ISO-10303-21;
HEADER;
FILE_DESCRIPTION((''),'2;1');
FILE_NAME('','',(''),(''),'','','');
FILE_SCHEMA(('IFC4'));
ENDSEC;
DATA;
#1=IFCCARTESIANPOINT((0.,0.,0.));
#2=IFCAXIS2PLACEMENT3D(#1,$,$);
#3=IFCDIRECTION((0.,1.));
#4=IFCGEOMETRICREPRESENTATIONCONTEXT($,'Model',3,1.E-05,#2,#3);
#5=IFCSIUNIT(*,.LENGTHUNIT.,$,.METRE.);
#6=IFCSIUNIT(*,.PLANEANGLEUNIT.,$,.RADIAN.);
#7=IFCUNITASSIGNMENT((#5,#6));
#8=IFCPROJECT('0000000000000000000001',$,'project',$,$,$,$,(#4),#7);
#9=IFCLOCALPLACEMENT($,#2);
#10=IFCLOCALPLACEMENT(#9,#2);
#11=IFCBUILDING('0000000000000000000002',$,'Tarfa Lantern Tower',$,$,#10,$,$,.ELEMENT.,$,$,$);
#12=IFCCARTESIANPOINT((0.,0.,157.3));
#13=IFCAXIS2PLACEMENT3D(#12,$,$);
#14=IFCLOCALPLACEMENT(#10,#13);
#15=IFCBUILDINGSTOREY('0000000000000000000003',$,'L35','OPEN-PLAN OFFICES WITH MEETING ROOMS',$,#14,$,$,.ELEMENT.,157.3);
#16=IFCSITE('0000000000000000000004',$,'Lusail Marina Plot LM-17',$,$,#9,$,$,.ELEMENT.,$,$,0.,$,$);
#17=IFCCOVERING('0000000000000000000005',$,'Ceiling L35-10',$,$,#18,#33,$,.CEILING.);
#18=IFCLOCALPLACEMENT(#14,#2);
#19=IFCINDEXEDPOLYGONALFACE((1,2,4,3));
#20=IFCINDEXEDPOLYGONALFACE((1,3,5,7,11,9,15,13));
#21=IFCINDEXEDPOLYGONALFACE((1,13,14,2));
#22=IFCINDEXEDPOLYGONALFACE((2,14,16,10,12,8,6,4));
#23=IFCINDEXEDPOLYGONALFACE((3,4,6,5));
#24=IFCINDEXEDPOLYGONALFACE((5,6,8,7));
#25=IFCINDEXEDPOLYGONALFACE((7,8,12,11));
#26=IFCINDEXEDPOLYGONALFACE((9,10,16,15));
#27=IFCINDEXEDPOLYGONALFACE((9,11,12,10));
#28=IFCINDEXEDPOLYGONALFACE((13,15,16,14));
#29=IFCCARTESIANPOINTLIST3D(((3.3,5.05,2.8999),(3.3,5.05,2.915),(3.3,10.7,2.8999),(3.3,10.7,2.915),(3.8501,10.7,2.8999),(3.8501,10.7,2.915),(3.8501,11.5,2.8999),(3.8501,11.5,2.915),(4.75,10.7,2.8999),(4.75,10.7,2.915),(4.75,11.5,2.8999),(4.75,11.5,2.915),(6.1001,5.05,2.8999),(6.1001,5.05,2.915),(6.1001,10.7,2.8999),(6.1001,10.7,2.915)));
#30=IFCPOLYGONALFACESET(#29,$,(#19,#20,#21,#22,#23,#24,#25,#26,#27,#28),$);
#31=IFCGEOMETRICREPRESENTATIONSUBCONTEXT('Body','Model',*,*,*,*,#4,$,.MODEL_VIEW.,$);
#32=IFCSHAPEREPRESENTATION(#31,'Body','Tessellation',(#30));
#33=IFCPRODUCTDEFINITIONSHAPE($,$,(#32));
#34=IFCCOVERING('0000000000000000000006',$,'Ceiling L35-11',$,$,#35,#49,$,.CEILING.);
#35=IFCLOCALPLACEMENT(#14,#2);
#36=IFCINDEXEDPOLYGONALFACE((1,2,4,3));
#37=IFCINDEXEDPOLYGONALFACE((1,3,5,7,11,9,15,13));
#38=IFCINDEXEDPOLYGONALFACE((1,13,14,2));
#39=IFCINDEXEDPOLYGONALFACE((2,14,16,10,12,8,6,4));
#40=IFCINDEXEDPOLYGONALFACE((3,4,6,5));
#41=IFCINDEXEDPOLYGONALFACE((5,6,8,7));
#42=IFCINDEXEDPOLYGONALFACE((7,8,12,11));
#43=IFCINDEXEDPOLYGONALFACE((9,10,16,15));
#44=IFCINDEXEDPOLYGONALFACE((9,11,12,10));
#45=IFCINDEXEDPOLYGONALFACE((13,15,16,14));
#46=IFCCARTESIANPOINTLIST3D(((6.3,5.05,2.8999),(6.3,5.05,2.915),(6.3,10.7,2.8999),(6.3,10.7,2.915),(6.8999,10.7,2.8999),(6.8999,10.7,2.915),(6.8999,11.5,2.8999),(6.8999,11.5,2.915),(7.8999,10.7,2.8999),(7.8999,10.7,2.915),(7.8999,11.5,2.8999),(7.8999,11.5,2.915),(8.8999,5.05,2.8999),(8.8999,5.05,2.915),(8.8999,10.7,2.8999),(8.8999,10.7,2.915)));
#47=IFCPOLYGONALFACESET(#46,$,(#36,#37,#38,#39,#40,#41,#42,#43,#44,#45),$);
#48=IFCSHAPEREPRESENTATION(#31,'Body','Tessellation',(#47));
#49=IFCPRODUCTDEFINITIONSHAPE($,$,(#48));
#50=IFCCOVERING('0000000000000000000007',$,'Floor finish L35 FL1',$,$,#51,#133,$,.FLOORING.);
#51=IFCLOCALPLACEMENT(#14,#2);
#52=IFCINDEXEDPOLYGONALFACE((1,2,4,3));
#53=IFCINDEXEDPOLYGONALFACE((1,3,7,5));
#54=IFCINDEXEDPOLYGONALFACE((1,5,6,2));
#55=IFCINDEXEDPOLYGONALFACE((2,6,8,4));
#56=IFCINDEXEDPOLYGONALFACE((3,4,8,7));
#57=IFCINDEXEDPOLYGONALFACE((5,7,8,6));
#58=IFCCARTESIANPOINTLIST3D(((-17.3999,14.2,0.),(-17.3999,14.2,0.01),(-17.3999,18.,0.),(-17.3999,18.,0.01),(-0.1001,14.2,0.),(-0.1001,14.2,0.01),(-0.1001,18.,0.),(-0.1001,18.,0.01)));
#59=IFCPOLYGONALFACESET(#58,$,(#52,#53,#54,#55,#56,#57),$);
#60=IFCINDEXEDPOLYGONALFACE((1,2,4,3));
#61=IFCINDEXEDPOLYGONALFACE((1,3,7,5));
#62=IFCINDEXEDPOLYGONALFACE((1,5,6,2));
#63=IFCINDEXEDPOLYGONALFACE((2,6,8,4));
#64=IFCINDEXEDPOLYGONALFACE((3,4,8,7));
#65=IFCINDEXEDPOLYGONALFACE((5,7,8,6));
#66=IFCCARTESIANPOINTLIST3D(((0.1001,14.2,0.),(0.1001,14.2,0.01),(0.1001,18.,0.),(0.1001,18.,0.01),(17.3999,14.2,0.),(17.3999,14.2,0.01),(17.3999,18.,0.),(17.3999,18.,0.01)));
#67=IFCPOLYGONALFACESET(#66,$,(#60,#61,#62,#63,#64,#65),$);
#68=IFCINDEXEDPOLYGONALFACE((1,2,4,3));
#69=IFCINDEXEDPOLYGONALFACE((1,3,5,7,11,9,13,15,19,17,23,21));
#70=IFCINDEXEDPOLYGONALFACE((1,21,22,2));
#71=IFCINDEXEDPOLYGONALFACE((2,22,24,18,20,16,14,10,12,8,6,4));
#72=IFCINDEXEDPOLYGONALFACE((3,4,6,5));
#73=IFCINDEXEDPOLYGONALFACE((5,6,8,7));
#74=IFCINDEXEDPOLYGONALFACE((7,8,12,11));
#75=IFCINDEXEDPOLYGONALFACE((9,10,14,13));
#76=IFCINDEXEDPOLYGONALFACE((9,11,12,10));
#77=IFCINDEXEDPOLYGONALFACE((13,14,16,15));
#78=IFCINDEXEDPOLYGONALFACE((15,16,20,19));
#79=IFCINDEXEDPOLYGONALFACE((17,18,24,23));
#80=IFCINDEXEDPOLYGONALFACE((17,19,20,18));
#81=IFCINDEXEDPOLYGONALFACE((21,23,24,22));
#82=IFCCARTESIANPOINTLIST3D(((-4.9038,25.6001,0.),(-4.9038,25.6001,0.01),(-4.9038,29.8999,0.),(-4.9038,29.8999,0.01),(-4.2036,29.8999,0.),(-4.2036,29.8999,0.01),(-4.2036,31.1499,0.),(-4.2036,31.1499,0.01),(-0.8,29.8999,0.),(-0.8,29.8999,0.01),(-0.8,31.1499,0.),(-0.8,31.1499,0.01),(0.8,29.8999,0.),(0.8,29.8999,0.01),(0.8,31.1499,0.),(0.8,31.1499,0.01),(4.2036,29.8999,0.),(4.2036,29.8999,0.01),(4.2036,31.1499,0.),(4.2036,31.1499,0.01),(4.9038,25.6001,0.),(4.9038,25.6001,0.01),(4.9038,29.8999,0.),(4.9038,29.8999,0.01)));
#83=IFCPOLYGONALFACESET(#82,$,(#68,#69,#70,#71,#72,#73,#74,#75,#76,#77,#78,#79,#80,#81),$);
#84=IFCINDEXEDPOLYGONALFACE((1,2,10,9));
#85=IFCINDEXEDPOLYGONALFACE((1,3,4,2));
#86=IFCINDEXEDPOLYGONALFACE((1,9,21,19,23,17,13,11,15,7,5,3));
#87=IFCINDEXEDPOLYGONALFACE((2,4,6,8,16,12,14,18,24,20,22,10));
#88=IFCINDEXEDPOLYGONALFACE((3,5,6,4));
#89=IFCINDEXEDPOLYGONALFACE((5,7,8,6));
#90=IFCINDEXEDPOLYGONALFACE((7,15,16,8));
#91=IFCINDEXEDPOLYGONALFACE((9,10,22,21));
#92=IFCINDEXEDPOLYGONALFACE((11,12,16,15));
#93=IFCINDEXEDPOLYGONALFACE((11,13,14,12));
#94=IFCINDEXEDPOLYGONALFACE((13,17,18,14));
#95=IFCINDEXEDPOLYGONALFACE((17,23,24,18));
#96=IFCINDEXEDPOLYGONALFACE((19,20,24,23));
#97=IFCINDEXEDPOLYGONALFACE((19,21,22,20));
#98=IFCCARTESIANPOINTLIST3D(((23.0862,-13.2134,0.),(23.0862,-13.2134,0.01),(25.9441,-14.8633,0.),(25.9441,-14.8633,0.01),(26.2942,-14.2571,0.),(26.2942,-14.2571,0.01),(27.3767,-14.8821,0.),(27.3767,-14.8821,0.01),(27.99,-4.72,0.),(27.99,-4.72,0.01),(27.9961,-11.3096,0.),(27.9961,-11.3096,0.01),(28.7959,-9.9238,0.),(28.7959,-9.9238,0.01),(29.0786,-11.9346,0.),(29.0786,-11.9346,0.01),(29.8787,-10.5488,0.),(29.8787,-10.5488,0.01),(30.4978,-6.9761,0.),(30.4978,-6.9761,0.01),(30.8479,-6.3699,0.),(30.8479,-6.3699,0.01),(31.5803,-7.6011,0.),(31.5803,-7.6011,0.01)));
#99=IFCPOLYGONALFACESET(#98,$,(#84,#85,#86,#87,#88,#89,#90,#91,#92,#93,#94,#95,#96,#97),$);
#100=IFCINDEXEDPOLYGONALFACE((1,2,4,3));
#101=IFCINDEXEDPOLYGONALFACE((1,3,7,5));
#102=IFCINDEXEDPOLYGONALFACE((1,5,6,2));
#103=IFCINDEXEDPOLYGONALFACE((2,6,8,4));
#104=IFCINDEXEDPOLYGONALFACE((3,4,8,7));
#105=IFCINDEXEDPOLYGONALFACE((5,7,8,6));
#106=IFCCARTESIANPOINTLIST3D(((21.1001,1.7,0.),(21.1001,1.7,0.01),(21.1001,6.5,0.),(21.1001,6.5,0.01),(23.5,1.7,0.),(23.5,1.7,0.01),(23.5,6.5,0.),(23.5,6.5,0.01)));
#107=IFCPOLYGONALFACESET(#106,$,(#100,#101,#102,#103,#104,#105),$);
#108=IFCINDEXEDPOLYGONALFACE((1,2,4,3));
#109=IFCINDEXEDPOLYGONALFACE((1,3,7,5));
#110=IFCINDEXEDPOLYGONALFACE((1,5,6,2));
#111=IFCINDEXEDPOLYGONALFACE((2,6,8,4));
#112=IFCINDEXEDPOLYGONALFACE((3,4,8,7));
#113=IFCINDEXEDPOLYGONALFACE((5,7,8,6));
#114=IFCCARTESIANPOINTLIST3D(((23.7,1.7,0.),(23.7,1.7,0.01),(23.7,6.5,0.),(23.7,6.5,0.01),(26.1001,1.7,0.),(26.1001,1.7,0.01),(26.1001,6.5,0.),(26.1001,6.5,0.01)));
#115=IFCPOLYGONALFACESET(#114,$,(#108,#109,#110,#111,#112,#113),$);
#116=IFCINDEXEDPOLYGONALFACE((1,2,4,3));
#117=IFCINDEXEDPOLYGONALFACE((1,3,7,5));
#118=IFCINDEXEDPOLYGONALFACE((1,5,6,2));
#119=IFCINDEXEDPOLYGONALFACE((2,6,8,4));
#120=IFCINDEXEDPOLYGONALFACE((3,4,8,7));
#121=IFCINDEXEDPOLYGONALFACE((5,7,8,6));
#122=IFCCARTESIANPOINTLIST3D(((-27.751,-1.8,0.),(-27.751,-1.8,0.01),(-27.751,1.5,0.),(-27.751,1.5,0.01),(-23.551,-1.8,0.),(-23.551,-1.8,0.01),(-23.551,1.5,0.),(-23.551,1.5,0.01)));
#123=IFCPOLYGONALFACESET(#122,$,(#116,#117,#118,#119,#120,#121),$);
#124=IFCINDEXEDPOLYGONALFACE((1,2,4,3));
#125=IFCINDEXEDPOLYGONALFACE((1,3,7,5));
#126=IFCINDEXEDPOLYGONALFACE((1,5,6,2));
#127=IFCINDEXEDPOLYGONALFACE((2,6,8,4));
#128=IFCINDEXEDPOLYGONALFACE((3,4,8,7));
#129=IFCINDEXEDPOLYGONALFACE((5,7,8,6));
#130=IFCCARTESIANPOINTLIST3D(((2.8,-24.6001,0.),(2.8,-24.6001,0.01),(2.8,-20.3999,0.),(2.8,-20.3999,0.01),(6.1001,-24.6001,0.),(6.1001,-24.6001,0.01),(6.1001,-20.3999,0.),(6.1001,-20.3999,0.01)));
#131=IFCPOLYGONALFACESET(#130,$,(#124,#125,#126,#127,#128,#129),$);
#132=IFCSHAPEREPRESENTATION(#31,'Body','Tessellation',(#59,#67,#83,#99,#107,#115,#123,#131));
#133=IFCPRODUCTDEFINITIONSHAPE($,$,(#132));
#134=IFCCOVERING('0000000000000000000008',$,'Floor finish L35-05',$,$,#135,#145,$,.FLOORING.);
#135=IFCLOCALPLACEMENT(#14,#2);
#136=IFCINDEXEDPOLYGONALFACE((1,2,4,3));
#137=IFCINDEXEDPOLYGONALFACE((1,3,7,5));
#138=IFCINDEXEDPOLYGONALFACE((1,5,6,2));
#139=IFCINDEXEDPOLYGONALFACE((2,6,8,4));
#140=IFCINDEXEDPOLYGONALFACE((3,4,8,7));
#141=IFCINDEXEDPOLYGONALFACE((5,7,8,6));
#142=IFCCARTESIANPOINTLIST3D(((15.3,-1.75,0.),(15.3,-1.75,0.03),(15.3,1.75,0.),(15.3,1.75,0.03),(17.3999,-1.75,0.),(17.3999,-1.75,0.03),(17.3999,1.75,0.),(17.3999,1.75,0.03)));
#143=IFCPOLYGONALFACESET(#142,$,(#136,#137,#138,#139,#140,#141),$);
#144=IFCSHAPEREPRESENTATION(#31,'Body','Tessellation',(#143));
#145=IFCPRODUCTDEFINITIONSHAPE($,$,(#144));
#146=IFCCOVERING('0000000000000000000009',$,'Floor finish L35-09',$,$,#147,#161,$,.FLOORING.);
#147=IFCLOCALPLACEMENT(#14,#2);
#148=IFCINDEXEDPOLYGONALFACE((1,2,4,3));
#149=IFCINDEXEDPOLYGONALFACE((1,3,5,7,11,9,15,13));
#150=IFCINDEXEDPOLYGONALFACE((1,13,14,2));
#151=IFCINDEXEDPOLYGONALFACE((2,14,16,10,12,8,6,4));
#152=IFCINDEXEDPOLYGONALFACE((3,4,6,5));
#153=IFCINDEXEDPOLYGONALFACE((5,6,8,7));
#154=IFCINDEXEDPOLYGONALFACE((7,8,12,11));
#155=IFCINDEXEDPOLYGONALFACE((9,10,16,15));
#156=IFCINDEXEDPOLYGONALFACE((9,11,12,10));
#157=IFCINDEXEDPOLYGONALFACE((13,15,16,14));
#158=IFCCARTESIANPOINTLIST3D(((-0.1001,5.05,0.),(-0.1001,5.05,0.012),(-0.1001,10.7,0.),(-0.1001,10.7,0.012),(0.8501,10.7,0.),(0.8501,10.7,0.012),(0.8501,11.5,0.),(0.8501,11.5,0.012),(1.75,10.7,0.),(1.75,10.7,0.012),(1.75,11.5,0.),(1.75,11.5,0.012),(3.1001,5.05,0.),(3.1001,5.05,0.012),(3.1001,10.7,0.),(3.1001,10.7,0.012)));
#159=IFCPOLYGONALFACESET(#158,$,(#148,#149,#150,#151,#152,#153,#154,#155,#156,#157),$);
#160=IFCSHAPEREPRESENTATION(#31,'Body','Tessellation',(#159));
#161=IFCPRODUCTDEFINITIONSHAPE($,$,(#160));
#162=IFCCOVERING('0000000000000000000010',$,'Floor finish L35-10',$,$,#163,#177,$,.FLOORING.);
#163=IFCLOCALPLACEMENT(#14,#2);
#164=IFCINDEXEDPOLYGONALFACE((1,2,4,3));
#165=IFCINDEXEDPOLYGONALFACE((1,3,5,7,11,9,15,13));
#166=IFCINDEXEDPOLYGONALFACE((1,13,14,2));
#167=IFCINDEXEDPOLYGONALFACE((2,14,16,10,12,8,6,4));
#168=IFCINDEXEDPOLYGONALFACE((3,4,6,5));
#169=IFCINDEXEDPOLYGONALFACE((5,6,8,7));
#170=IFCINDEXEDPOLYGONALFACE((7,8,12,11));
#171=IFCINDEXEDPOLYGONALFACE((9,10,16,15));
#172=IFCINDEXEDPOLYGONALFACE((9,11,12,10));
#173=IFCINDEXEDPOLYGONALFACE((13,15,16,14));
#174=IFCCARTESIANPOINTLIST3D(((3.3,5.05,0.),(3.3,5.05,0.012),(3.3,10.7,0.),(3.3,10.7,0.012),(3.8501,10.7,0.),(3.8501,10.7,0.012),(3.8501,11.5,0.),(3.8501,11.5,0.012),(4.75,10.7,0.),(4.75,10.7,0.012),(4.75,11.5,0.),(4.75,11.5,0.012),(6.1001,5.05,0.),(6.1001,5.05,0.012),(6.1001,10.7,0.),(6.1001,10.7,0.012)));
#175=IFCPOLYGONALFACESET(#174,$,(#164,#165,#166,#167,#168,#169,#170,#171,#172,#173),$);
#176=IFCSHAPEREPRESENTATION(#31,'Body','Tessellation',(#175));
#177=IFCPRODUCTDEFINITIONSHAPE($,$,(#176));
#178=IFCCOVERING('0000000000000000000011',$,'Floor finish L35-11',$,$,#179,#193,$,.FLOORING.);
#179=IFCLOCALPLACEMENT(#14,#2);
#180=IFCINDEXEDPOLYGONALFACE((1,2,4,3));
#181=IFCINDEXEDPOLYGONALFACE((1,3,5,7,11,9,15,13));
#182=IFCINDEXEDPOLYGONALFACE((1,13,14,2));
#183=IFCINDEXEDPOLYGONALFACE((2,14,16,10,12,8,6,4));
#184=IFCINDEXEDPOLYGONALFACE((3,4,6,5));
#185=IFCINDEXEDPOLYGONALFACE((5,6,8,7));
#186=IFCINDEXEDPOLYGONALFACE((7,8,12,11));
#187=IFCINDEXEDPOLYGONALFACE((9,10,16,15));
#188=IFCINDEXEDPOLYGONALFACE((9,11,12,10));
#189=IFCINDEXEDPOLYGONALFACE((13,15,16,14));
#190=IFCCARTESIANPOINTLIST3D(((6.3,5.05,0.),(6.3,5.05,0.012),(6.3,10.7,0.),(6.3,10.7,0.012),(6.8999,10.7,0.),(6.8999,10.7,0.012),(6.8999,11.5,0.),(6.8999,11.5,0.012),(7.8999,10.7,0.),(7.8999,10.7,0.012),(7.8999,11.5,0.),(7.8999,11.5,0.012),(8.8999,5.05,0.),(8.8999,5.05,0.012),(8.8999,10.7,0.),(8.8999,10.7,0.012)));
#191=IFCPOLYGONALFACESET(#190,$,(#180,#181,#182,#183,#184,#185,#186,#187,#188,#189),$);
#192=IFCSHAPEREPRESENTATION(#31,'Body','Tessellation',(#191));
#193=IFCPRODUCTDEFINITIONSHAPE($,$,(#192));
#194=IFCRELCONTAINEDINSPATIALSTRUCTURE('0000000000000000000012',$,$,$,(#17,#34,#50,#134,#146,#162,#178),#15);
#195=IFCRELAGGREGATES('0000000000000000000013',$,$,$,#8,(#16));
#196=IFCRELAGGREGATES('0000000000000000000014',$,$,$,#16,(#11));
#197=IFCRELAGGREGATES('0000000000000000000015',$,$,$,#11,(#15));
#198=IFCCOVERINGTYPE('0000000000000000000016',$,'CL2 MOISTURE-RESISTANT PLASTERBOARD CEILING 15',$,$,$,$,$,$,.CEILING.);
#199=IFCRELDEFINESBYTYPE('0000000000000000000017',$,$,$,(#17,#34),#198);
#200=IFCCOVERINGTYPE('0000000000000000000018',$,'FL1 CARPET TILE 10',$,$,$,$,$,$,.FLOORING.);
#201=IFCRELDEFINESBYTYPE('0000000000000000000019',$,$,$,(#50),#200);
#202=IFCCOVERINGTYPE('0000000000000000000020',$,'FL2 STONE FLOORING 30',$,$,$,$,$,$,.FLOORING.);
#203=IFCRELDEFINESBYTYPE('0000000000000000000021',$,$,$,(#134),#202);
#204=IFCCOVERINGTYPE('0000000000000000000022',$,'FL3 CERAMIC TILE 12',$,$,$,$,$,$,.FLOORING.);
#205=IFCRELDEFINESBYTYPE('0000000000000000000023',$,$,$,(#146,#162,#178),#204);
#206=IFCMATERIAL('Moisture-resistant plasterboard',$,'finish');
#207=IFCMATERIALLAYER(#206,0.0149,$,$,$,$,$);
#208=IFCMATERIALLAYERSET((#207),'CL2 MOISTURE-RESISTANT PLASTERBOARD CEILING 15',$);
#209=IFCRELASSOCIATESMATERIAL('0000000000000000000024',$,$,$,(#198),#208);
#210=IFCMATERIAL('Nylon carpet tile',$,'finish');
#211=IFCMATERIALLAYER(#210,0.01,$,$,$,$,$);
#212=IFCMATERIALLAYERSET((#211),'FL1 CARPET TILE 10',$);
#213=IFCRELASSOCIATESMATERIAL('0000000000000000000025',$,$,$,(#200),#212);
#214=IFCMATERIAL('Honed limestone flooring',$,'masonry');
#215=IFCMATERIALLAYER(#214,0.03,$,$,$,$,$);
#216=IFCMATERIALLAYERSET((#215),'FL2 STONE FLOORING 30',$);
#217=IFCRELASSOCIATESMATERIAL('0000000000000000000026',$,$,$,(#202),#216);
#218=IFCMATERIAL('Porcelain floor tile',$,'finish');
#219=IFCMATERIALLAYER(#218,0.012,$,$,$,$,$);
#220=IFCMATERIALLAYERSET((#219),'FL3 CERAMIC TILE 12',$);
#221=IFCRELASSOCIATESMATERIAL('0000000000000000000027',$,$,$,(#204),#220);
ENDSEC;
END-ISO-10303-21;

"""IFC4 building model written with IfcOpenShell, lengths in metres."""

from ifc_helpers import new_model, si_unit, direction, frame, origin, place, context, subcontext, project, spatial, polyline, outline, extrude, material, layer, layer_set, type_object, element, save


model = new_model("IFC4")

# Units and contexts
model_context = context("Model", 3, precision=1e-05, world=origin(), true_north=direction((0.0, 1.0)))
body_context = subcontext(model_context, "Body", "Model", "MODEL_VIEW")
ifc_project = project(units=[si_unit("LENGTHUNIT", "METRE"), si_unit("PLANEANGLEUNIT", "RADIAN")], contexts=[model_context])

# Site, building, storey
site_placement = place(None, origin())
site = spatial("IfcSite", under=ifc_project, at=site_placement, Name="Lusail Marina Plot LM-17", CompositionType="ELEMENT", RefElevation=0.0)
building_placement = place(site_placement, origin())
building = spatial("IfcBuilding", under=site, at=building_placement, Name="Tarfa Lantern Tower", CompositionType="ELEMENT")
storey_placement = place(building_placement, frame((0.0, 0.0, 157.3)))
storey = spatial("IfcBuildingStorey", under=building, at=storey_placement, Name="L35", Description="OPEN-PLAN OFFICES WITH MEETING ROOMS", CompositionType="ELEMENT", Elevation=157.3)

# Coverings
ifc_material_1 = material(Name="Moisture-resistant plasterboard", Category="finish")
ifc_layer_1 = layer(ifc_material_1, 0.0149)
ifc_layer_set_1 = layer_set([ifc_layer_1], Name="CL2 MOISTURE-RESISTANT PLASTERBOARD CEILING 15")
covering_type_1 = type_object("IfcCoveringType", Name="CL2 MOISTURE-RESISTANT PLASTERBOARD CEILING 15", PredefinedType="CEILING", material=ifc_layer_set_1)
covering_1_placement = place(storey_placement, frame((0.0, 0.0, 2.8999)))
element("IfcCovering", 1, at=covering_1_placement, inside=storey, type_object=covering_type_1, Name="Ceiling L35-10", PredefinedType="CEILING", context=body_context, shape_type="SweptSolid", body=[
    extrude(outline(polyline([(3.3, 5.05), (6.1001, 5.05), (6.1001, 10.7), (4.75, 10.7), (4.75, 11.5), (3.8501, 11.5), (3.8501, 10.7), (3.3, 10.7), (3.3, 5.05)])), origin(), (0.0, 0.0, 1.0), 0.0151),
])
covering_2_placement = place(storey_placement, frame((0.0, 0.0, 2.8999)))
element("IfcCovering", 2, at=covering_2_placement, inside=storey, type_object=covering_type_1, Name="Ceiling L35-11", PredefinedType="CEILING", context=body_context, shape_type="SweptSolid", body=[
    extrude(outline(polyline([(6.3, 5.05), (8.8999, 5.05), (8.8999, 10.7), (7.8999, 10.7), (7.8999, 11.5), (6.8999, 11.5), (6.8999, 10.7), (6.3, 10.7), (6.3, 5.05)])), origin(), (0.0, 0.0, 1.0), 0.0151),
])
ifc_material_2 = material(Name="Nylon carpet tile", Category="finish")
ifc_layer_2 = layer(ifc_material_2, 0.01)
ifc_layer_set_2 = layer_set([ifc_layer_2], Name="FL1 CARPET TILE 10")
covering_type_2 = type_object("IfcCoveringType", Name="FL1 CARPET TILE 10", PredefinedType="FLOORING", material=ifc_layer_set_2)
covering_3_placement = place(storey_placement, origin())
element("IfcCovering", 3, at=covering_3_placement, inside=storey, type_object=covering_type_2, Name="Floor finish L35 FL1", PredefinedType="FLOORING", context=body_context, shape_type="SweptSolid", body=[
    extrude(outline(polyline([(-17.3999, 18.0), (-0.1001, 18.0), (-0.1001, 14.2), (-17.3999, 14.2), (-17.3999, 18.0)])), origin(), (0.0, 0.0, 1.0), 0.01),
    extrude(outline(polyline([(0.1001, 18.0), (17.3999, 18.0), (17.3999, 14.2), (0.1001, 14.2), (0.1001, 18.0)])), origin(), (0.0, 0.0, 1.0), 0.01),
    extrude(outline(polyline([(4.9038, 25.6001), (-4.9038, 25.6001), (-4.9038, 29.8999), (-4.2036, 29.8999), (-4.2036, 31.1499), (-0.8, 31.1499), (-0.8, 29.8999), (0.8, 29.8999), (0.8, 31.1499), (4.2036, 31.1499), (4.2036, 29.8999), (4.9038, 29.8999), (4.9038, 25.6001)])), origin(), (0.0, 0.0, 1.0), 0.01),
    extrude(outline(polyline([(27.99, -4.72), (30.8479, -6.3699), (30.4978, -6.9761), (31.5803, -7.6011), (29.8787, -10.5488), (28.7959, -9.9238), (27.9961, -11.3096), (29.0786, -11.9346), (27.3767, -14.8821), (26.2942, -14.2571), (25.9441, -14.8633), (23.0862, -13.2134), (27.99, -4.72)])), origin(), (0.0, 0.0, 1.0), 0.01),
    extrude(outline(polyline([(21.1001, 6.5), (23.5, 6.5), (23.5, 1.7), (21.1001, 1.7), (21.1001, 6.5)])), origin(), (0.0, 0.0, 1.0), 0.01),
    extrude(outline(polyline([(23.7, 6.5), (26.1001, 6.5), (26.1001, 1.7), (23.7, 1.7), (23.7, 6.5)])), origin(), (0.0, 0.0, 1.0), 0.01),
    extrude(outline(polyline([(-27.751, -1.8), (-27.751, 1.5), (-23.551, 1.5), (-23.551, -1.8), (-27.751, -1.8)])), origin(), (0.0, 0.0, 1.0), 0.01),
    extrude(outline(polyline([(6.1001, -24.6001), (2.8, -24.6001), (2.8, -20.3999), (6.1001, -20.3999), (6.1001, -24.6001)])), origin(), (0.0, 0.0, 1.0), 0.01),
])
ifc_material_3 = material(Name="Honed limestone flooring", Category="masonry")
ifc_layer_3 = layer(ifc_material_3, 0.03)
ifc_layer_set_3 = layer_set([ifc_layer_3], Name="FL2 STONE FLOORING 30")
covering_type_3 = type_object("IfcCoveringType", Name="FL2 STONE FLOORING 30", PredefinedType="FLOORING", material=ifc_layer_set_3)
covering_4_placement = place(storey_placement, origin())
element("IfcCovering", 4, at=covering_4_placement, inside=storey, type_object=covering_type_3, Name="Floor finish L35-05", PredefinedType="FLOORING", context=body_context, shape_type="SweptSolid", body=[
    extrude(outline(polyline([(15.3, -1.75), (17.3999, -1.75), (17.3999, 1.75), (15.3, 1.75), (15.3, -1.75)])), origin(), (0.0, 0.0, 1.0), 0.03),
])
ifc_material_4 = material(Name="Porcelain floor tile", Category="finish")
ifc_layer_4 = layer(ifc_material_4, 0.012)
ifc_layer_set_4 = layer_set([ifc_layer_4], Name="FL3 CERAMIC TILE 12")
covering_type_4 = type_object("IfcCoveringType", Name="FL3 CERAMIC TILE 12", PredefinedType="FLOORING", material=ifc_layer_set_4)
covering_5_placement = place(storey_placement, origin())
element("IfcCovering", 5, at=covering_5_placement, inside=storey, type_object=covering_type_4, Name="Floor finish L35-09", PredefinedType="FLOORING", context=body_context, shape_type="SweptSolid", body=[
    extrude(outline(polyline([(0.8501, 10.7), (-0.1001, 10.7), (-0.1001, 5.05), (3.1001, 5.05), (3.1001, 10.7), (1.75, 10.7), (1.75, 11.5), (0.8501, 11.5), (0.8501, 10.7)])), origin(), (0.0, 0.0, 1.0), 0.012),
])
covering_6_placement = place(storey_placement, origin())
element("IfcCovering", 6, at=covering_6_placement, inside=storey, type_object=covering_type_4, Name="Floor finish L35-10", PredefinedType="FLOORING", context=body_context, shape_type="SweptSolid", body=[
    extrude(outline(polyline([(3.3, 5.05), (6.1001, 5.05), (6.1001, 10.7), (4.75, 10.7), (4.75, 11.5), (3.8501, 11.5), (3.8501, 10.7), (3.3, 10.7), (3.3, 5.05)])), origin(), (0.0, 0.0, 1.0), 0.012),
])
covering_7_placement = place(storey_placement, origin())
element("IfcCovering", 7, at=covering_7_placement, inside=storey, type_object=covering_type_4, Name="Floor finish L35-11", PredefinedType="FLOORING", context=body_context, shape_type="SweptSolid", body=[
    extrude(outline(polyline([(6.3, 5.05), (8.8999, 5.05), (8.8999, 10.7), (7.8999, 10.7), (7.8999, 11.5), (6.8999, 11.5), (6.8999, 10.7), (6.3, 10.7), (6.3, 5.05)])), origin(), (0.0, 0.0, 1.0), 0.012),
])

save(model, "model.ifc")
